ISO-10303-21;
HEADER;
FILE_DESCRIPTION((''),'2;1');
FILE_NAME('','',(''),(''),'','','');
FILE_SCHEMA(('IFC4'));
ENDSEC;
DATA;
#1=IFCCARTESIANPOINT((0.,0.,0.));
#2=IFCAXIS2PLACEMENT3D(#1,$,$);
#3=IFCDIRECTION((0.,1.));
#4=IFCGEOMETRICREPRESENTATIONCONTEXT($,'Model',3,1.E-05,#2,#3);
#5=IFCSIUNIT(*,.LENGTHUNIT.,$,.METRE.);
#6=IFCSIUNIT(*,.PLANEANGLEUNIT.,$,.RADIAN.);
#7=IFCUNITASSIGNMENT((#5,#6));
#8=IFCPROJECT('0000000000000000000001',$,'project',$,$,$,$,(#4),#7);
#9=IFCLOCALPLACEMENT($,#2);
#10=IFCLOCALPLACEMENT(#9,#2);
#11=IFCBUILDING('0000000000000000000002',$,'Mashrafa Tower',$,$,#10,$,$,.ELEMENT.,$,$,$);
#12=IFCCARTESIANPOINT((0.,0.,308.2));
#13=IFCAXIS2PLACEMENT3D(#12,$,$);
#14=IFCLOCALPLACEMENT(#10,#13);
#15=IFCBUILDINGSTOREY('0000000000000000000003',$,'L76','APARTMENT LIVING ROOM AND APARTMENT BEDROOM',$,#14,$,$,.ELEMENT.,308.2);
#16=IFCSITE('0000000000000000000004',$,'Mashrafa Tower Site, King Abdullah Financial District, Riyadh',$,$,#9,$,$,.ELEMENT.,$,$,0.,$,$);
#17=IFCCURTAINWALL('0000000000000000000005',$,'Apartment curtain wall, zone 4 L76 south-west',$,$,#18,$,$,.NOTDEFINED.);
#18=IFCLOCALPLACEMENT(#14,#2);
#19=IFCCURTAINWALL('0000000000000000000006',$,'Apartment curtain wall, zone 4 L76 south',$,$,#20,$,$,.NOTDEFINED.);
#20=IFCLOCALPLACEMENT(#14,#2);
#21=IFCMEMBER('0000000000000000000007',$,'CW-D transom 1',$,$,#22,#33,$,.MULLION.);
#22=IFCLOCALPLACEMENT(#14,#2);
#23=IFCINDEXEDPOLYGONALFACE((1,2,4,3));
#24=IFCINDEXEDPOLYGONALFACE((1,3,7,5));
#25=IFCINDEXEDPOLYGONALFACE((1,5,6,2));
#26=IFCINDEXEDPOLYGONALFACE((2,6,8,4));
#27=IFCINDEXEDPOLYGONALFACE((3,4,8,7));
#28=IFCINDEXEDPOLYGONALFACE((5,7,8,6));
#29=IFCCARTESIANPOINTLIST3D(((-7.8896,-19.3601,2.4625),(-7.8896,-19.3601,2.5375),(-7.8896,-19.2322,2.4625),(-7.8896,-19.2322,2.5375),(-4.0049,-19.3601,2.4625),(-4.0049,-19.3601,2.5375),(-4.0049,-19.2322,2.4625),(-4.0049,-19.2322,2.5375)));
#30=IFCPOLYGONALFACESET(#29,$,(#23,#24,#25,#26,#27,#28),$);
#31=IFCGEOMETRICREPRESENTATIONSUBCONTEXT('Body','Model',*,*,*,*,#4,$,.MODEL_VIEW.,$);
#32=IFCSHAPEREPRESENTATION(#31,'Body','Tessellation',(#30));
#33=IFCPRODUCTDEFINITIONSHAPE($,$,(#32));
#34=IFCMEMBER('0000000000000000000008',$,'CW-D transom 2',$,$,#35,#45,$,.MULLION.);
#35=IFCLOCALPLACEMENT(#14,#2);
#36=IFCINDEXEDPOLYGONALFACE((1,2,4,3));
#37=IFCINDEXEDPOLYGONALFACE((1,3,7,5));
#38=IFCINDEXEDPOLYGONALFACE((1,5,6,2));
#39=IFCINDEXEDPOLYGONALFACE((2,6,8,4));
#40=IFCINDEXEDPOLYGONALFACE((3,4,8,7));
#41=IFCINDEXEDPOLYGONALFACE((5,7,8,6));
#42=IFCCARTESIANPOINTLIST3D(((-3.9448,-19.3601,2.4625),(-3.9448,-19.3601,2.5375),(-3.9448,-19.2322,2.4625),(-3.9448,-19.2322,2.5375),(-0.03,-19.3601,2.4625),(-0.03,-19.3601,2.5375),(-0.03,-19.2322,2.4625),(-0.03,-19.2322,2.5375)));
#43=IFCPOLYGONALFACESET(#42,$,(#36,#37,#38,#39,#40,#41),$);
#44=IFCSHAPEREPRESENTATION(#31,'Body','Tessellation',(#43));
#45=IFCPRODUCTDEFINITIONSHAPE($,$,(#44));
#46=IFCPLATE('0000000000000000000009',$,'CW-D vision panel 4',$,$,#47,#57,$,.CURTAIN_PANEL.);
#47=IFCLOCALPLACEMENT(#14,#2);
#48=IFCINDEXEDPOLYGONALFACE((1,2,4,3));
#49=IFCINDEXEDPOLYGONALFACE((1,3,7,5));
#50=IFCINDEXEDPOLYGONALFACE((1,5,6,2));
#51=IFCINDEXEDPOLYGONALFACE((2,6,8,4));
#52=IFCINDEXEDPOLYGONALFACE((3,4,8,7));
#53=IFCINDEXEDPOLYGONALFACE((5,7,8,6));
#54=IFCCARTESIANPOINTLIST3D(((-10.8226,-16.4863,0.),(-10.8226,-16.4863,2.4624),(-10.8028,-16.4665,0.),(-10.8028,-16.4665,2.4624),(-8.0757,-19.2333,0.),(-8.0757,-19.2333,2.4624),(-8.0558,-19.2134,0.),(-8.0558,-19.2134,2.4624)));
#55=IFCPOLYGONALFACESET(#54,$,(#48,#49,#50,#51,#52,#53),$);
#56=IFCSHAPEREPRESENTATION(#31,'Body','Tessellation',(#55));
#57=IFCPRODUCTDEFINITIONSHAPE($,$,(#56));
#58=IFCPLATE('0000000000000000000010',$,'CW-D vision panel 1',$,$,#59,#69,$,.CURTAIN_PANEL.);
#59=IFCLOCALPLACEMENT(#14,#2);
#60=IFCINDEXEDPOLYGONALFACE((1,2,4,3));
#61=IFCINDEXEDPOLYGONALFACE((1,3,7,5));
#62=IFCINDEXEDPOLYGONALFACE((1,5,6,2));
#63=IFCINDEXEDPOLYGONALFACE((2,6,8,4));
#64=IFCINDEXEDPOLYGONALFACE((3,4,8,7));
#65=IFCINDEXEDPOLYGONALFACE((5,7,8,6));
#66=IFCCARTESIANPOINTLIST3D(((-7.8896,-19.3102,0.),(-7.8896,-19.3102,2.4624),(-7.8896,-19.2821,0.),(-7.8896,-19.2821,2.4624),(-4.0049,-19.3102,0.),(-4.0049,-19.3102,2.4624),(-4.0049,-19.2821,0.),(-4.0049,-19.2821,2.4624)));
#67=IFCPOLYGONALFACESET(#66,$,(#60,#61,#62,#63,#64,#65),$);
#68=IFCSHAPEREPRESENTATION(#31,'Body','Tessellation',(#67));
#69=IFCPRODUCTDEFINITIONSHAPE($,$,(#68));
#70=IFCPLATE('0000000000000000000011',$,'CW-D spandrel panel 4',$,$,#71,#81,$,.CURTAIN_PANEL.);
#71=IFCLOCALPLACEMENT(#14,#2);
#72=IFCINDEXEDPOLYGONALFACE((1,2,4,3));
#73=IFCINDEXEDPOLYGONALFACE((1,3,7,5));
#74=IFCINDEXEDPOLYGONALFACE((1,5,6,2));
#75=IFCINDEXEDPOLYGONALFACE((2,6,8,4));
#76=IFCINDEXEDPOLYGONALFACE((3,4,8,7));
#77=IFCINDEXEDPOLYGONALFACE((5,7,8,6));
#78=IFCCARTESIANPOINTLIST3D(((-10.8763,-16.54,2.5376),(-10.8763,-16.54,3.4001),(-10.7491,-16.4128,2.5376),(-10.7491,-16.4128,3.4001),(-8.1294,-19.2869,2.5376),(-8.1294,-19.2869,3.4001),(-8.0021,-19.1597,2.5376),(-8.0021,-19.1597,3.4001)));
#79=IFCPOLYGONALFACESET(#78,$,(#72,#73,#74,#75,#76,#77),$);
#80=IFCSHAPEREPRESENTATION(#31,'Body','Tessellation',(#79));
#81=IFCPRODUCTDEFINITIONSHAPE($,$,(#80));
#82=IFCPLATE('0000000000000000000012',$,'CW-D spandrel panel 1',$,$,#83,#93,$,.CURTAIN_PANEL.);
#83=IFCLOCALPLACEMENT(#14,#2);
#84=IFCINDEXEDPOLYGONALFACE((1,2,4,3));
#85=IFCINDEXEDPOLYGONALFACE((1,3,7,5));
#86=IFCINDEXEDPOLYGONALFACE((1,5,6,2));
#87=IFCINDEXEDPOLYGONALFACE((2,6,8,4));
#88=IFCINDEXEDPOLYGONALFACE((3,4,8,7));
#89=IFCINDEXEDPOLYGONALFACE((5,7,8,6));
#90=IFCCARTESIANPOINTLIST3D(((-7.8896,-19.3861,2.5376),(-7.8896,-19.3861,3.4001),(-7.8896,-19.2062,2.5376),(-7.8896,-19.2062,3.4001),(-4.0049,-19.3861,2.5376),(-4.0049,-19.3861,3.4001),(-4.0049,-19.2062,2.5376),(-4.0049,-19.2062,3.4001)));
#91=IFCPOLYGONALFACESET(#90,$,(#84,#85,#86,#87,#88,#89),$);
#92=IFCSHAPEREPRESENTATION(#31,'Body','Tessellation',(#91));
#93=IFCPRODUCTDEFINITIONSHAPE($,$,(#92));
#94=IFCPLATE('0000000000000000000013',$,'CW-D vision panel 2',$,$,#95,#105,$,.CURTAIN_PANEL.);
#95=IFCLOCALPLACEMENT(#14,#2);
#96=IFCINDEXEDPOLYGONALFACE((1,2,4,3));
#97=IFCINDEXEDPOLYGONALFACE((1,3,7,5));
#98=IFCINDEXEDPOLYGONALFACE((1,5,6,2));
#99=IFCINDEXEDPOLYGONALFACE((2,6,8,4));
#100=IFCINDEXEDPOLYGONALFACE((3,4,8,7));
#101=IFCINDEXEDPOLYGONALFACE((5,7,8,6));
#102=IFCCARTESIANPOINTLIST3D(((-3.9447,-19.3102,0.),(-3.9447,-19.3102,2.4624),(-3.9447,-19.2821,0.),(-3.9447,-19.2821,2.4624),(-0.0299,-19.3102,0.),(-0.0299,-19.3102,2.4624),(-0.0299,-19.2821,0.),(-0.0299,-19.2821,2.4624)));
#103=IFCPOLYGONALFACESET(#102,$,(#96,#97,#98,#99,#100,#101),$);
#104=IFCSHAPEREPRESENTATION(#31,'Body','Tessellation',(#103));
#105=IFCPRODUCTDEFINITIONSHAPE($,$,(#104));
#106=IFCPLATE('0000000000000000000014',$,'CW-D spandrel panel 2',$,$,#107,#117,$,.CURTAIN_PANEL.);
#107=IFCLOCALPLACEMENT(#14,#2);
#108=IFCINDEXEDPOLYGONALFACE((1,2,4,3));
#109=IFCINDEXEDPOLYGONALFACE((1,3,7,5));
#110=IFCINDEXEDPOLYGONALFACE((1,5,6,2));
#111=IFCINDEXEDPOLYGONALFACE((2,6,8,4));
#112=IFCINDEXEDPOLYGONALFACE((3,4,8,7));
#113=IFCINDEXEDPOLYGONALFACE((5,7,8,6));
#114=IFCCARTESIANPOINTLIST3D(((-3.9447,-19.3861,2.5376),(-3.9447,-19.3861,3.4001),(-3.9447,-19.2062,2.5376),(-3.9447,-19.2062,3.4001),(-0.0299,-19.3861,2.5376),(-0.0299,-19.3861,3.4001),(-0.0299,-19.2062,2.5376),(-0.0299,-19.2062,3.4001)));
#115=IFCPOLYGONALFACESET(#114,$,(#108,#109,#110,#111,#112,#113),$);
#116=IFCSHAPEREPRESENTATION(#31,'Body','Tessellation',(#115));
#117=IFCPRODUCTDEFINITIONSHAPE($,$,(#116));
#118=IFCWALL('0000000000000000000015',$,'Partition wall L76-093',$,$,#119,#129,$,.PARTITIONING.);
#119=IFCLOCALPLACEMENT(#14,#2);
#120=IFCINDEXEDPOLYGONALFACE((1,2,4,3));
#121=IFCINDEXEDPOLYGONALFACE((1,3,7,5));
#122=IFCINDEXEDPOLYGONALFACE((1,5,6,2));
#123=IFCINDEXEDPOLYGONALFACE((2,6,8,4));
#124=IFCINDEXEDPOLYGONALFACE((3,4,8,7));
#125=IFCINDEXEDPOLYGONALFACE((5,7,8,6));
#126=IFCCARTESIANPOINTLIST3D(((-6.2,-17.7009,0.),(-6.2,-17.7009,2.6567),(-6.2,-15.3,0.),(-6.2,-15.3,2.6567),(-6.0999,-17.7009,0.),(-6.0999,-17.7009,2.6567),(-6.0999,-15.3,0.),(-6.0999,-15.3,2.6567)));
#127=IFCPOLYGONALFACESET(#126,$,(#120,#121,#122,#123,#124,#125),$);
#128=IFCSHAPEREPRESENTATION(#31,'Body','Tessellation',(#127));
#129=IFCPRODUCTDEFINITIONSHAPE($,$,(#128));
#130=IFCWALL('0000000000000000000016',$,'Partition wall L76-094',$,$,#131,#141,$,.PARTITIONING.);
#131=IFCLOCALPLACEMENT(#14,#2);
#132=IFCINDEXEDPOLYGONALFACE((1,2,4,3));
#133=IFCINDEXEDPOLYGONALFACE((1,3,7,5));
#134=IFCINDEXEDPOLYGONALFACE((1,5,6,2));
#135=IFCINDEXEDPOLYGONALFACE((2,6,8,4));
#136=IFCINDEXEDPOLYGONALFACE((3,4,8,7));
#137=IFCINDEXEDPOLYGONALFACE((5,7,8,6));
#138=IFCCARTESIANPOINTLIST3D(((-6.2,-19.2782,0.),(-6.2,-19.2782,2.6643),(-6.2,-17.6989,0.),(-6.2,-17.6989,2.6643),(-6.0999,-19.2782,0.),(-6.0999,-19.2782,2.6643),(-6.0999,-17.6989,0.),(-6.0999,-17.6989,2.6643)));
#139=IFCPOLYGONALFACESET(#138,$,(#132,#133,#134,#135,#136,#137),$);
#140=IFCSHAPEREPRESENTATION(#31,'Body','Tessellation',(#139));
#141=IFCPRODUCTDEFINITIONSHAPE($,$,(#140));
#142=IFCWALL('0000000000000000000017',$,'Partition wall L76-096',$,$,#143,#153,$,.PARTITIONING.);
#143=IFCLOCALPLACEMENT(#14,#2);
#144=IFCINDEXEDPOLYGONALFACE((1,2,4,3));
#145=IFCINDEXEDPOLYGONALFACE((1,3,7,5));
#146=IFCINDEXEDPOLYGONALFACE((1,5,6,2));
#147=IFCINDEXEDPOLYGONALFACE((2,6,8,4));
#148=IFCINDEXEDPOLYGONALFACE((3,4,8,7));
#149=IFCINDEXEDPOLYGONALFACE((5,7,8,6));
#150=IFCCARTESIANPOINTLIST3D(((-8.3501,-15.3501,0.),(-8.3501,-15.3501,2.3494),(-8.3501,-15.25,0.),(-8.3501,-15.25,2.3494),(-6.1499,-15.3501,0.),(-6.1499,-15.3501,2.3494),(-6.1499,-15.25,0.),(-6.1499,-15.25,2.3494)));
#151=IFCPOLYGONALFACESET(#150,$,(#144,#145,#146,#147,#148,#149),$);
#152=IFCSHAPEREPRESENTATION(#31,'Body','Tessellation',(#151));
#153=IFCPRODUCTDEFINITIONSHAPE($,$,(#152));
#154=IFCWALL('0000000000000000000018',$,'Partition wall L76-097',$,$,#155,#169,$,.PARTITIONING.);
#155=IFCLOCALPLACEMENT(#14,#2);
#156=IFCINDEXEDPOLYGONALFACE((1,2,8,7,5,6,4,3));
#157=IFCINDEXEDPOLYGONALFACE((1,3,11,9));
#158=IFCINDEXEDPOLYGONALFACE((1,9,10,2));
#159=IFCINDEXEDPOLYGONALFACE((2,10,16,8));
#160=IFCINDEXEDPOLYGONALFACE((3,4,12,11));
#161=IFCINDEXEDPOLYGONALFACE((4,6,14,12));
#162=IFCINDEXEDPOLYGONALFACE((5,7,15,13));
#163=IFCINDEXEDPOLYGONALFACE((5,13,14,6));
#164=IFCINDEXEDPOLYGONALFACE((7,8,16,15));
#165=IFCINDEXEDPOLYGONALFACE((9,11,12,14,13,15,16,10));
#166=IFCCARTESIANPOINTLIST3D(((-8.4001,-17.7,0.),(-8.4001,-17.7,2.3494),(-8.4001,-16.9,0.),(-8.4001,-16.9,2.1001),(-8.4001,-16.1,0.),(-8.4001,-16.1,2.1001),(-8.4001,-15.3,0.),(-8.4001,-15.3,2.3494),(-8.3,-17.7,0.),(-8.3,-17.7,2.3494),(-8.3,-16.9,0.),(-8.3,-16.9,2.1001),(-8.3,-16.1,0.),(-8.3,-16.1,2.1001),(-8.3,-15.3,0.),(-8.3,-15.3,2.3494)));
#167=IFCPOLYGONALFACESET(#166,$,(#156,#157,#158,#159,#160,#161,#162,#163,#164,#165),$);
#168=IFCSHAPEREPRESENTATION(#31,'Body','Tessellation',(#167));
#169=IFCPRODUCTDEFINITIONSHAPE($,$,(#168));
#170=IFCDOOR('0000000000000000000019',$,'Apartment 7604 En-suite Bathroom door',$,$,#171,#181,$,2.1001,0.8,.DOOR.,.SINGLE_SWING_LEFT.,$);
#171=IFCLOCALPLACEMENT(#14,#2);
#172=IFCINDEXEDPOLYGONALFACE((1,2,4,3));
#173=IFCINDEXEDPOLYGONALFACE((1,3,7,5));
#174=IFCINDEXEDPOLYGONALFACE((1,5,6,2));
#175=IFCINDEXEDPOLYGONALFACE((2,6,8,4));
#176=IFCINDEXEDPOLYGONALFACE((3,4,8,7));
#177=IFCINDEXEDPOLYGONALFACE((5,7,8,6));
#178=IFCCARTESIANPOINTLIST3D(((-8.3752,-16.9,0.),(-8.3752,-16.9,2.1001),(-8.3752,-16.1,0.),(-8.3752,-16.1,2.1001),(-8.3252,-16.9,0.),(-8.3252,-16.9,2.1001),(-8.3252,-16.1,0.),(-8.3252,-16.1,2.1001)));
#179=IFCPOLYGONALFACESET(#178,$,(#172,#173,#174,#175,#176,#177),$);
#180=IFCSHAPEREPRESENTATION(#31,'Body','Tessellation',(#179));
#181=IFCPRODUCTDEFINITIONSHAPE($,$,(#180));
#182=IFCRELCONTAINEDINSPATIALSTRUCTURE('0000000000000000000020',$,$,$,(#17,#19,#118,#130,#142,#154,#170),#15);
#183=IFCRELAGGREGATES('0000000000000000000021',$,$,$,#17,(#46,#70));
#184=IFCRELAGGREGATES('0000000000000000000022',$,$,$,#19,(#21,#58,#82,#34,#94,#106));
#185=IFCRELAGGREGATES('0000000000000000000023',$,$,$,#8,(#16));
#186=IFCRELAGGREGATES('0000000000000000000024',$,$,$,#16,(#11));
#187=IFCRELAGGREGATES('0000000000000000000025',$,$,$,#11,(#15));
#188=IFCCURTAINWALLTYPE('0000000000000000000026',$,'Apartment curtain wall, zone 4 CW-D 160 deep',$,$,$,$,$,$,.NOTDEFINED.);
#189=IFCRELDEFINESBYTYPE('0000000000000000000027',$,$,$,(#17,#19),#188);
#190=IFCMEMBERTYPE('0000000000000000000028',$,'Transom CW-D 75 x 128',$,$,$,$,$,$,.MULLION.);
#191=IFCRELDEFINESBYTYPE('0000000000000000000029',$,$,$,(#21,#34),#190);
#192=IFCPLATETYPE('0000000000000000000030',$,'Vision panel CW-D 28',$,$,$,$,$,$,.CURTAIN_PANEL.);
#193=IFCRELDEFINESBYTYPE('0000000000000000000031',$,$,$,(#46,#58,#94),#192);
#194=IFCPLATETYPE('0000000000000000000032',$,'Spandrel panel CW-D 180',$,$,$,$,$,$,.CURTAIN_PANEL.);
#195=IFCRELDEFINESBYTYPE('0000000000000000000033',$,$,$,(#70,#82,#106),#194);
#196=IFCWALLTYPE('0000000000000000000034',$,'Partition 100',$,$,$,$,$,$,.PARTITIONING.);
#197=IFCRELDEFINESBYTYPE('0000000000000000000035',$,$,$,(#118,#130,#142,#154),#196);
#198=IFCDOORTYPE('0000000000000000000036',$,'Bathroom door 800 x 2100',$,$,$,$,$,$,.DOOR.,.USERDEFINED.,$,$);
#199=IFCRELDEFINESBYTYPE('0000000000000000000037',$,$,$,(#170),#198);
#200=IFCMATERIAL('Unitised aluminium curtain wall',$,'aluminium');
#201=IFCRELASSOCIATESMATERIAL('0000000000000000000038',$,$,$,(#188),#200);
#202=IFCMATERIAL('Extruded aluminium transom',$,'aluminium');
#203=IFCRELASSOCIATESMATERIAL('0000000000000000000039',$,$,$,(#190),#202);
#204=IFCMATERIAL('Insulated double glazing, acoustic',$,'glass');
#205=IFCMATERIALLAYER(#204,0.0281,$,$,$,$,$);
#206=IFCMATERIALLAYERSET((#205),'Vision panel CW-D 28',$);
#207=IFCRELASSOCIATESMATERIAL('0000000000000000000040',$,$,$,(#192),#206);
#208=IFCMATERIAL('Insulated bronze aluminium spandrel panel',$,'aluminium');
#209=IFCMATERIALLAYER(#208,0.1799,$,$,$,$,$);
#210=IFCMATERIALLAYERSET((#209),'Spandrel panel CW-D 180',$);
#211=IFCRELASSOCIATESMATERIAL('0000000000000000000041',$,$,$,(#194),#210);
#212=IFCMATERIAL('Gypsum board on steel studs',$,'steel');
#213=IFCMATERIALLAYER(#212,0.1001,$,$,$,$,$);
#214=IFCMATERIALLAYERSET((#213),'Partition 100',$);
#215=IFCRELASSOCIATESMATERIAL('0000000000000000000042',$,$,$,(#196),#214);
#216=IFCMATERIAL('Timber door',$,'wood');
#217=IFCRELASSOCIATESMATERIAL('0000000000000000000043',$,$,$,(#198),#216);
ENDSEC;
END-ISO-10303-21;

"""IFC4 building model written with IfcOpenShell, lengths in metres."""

from ifc_helpers import new_model, si_unit, direction, frame, frame_2d, origin, origin_2d, place, context, subcontext, project, spatial, rectangle, extrude, source, transform, mapped, material, layer, layer_set, material_profile, profile_set, type_object, type_shapes, element, fill, aggregate, save


model = new_model("IFC4")

# Units and contexts
model_context = context("Model", 3, precision=1e-05, world=origin(), true_north=direction((0.0, 1.0)))
body_context = subcontext(model_context, "Body", "Model", "MODEL_VIEW")
ifc_project = project(units=[si_unit("LENGTHUNIT", "METRE"), si_unit("PLANEANGLEUNIT", "RADIAN")], contexts=[model_context])

# Site, building, storey
site_placement = place(None, origin())
site = spatial("IfcSite", under=ifc_project, at=site_placement, Name="Mashrafa Tower Site, King Abdullah Financial District, Riyadh", CompositionType="ELEMENT", RefElevation=0.0)
building_placement = place(site_placement, origin())
building = spatial("IfcBuilding", under=site, at=building_placement, Name="Mashrafa Tower", CompositionType="ELEMENT")
storey_placement = place(building_placement, frame((0.0, 0.0, 308.2)))
storey = spatial("IfcBuildingStorey", under=building, at=storey_placement, Name="L76", Description="APARTMENT LIVING ROOM AND APARTMENT BEDROOM", CompositionType="ELEMENT", Elevation=308.2)

# Curtain wall
ifc_material_1 = material(Name="Unitised aluminium curtain wall", Category="aluminium")
curtain_wall_type = type_object("IfcCurtainWallType", Name="Apartment curtain wall, zone 4 CW-D 160 deep", PredefinedType="NOTDEFINED", material=ifc_material_1)
curtain_wall_1_placement = place(storey_placement, origin())
curtain_wall_1 = element("IfcCurtainWall", 1, at=curtain_wall_1_placement, inside=storey, type_object=curtain_wall_type, Name="Apartment curtain wall, zone 4 L76 south-west", PredefinedType="NOTDEFINED")

# Curtain wall, members
curtain_wall_2_placement = place(storey_placement, origin())
curtain_wall_2 = element("IfcCurtainWall", 2, at=curtain_wall_2_placement, inside=storey, type_object=curtain_wall_type, Name="Apartment curtain wall, zone 4 L76 south", PredefinedType="NOTDEFINED")
ifc_material_2 = material(Name="Extruded aluminium transom", Category="aluminium")
ifc_material_profile_1 = material_profile(ifc_material_2, rectangle(XDim=0.1279, YDim=0.075, at=origin_2d()), Name="Transom 75x128")
ifc_profile_set_1 = profile_set([ifc_material_profile_1], Name="Extruded aluminium transom")
member_type_1 = type_object("IfcMemberType", Name="Transom CW-D 75 x 128", PredefinedType="MULLION", material=ifc_profile_set_1)
shared_shape_1 = source(origin(), body_context, "Body", "SweptSolid", [
    extrude(rectangle(XDim=0.1279, YDim=0.075, at=origin_2d()), origin(), (0.0, 0.0, 1.0), 3.8848),
])
member_1_placement = place(storey_placement, frame((-7.8896, -19.2961, 2.5), z_axis=(1.0, 0.0, 0.0), x_axis=(0.0, 1.0, 0.0)))
member_1 = element("IfcMember", 3, at=member_1_placement, type_object=member_type_1, Name="CW-D transom 1", PredefinedType="MULLION", context=body_context, shape_type="MappedRepresentation", body=[
    mapped(shared_shape_1, transform((0.0, 0.0, 0.0))),
])
shared_shape_2 = source(origin(), body_context, "Body", "SweptSolid", [
    extrude(rectangle(XDim=0.1279, YDim=0.075, at=origin_2d()), origin(), (0.0, 0.0, 1.0), 3.9148),
])
type_shapes(member_type_1, [shared_shape_1, shared_shape_2])
member_2_placement = place(storey_placement, frame((-3.9448, -19.2961, 2.5), z_axis=(1.0, 0.0, 0.0), x_axis=(0.0, 1.0, 0.0)))
member_2 = element("IfcMember", 4, at=member_2_placement, type_object=member_type_1, Name="CW-D transom 2", PredefinedType="MULLION", context=body_context, shape_type="MappedRepresentation", body=[
    mapped(shared_shape_2, transform((0.0, 0.0, 0.0))),
])

# Plates
ifc_material_3 = material(Name="Insulated double glazing, acoustic", Category="glass")
ifc_layer_1 = layer(ifc_material_3, 0.0281)
ifc_layer_set_1 = layer_set([ifc_layer_1], Name="Vision panel CW-D 28")
plate_type_1 = type_object("IfcPlateType", Name="Vision panel CW-D 28", PredefinedType="CURTAIN_PANEL", material=ifc_layer_set_1)
shared_shape_3 = source(origin(), body_context, "Body", "SweptSolid", [
    extrude(rectangle(XDim=3.8848, YDim=0.0281, at=origin_2d()), origin(), (0.0, 0.0, 1.0), 2.4624),
])
plate_1_placement = place(storey_placement, frame((-9.4392, -17.8499, 0.0), z_axis=(0.0, 0.0, 1.0), x_axis=(0.707107, -0.707107, 0.0)))
plate_1 = element("IfcPlate", 5, at=plate_1_placement, type_object=plate_type_1, Name="CW-D vision panel 4", PredefinedType="CURTAIN_PANEL", context=body_context, shape_type="MappedRepresentation", body=[
    mapped(shared_shape_3, transform((0.0, 0.0, 0.0))),
])
plate_2_placement = place(storey_placement, frame((-5.9473, -19.2961, 0.0), z_axis=(0.0, 0.0, 1.0), x_axis=(1.0, 0.0, 0.0)))
plate_2 = element("IfcPlate", 6, at=plate_2_placement, type_object=plate_type_1, Name="CW-D vision panel 1", PredefinedType="CURTAIN_PANEL", context=body_context, shape_type="MappedRepresentation", body=[
    mapped(shared_shape_3, transform((0.0, 0.0, 0.0))),
])
ifc_material_4 = material(Name="Insulated bronze aluminium spandrel panel", Category="aluminium")
ifc_layer_2 = layer(ifc_material_4, 0.1799)
ifc_layer_set_2 = layer_set([ifc_layer_2], Name="Spandrel panel CW-D 180")
plate_type_2 = type_object("IfcPlateType", Name="Spandrel panel CW-D 180", PredefinedType="CURTAIN_PANEL", material=ifc_layer_set_2)
shared_shape_4 = source(origin(), body_context, "Body", "SweptSolid", [
    extrude(rectangle(XDim=3.8848, YDim=0.1799, at=origin_2d()), origin(), (0.0, 0.0, 1.0), 0.8625),
])
plate_3_placement = place(storey_placement, frame((-9.4392, -17.8499, 2.5376), z_axis=(0.0, 0.0, 1.0), x_axis=(0.707107, -0.707107, 0.0)))
plate_3 = element("IfcPlate", 7, at=plate_3_placement, type_object=plate_type_2, Name="CW-D spandrel panel 4", PredefinedType="CURTAIN_PANEL", context=body_context, shape_type="MappedRepresentation", body=[
    mapped(shared_shape_4, transform((0.0, 0.0, 0.0))),
])
aggregate(curtain_wall_1, [plate_1, plate_3])
plate_4_placement = place(storey_placement, frame((-5.9473, -19.2961, 2.5376), z_axis=(0.0, 0.0, 1.0), x_axis=(1.0, 0.0, 0.0)))
plate_4 = element("IfcPlate", 8, at=plate_4_placement, type_object=plate_type_2, Name="CW-D spandrel panel 1", PredefinedType="CURTAIN_PANEL", context=body_context, shape_type="MappedRepresentation", body=[
    mapped(shared_shape_4, transform((0.0, 0.0, 0.0))),
])
shared_shape_5 = source(origin(), body_context, "Body", "SweptSolid", [
    extrude(rectangle(XDim=3.9148, YDim=0.0281, at=origin_2d()), origin(), (0.0, 0.0, 1.0), 2.4624),
])
type_shapes(plate_type_1, [shared_shape_3, shared_shape_5])
plate_5_placement = place(storey_placement, frame((-1.9873, -19.2961, 0.0), z_axis=(0.0, 0.0, 1.0), x_axis=(1.0, 0.0, 0.0)))
plate_5 = element("IfcPlate", 9, at=plate_5_placement, type_object=plate_type_1, Name="CW-D vision panel 2", PredefinedType="CURTAIN_PANEL", context=body_context, shape_type="MappedRepresentation", body=[
    mapped(shared_shape_5, transform((0.0, 0.0, 0.0))),
])
shared_shape_6 = source(origin(), body_context, "Body", "SweptSolid", [
    extrude(rectangle(XDim=3.9148, YDim=0.1799, at=origin_2d()), origin(), (0.0, 0.0, 1.0), 0.8625),
])
type_shapes(plate_type_2, [shared_shape_4, shared_shape_6])
plate_6_placement = place(storey_placement, frame((-1.9873, -19.2961, 2.5376), z_axis=(0.0, 0.0, 1.0), x_axis=(1.0, 0.0, 0.0)))
plate_6 = element("IfcPlate", 10, at=plate_6_placement, type_object=plate_type_2, Name="CW-D spandrel panel 2", PredefinedType="CURTAIN_PANEL", context=body_context, shape_type="MappedRepresentation", body=[
    mapped(shared_shape_6, transform((0.0, 0.0, 0.0))),
])
aggregate(curtain_wall_2, [member_1, plate_2, plate_4, member_2, plate_5, plate_6])

# Walls
ifc_material_5 = material(Name="Gypsum board on steel studs", Category="steel")
ifc_layer_3 = layer(ifc_material_5, 0.1001)
ifc_layer_set_3 = layer_set([ifc_layer_3], Name="Partition 100")
wall_type = type_object("IfcWallType", Name="Partition 100", PredefinedType="PARTITIONING", material=ifc_layer_set_3)
wall_1_placement = place(storey_placement, frame((-6.1499, -15.3, 0.0), z_axis=(0.0, 0.0, 1.0), x_axis=(0.0, -1.0, 0.0)))
element("IfcWall", 11, at=wall_1_placement, inside=storey, type_object=wall_type, Name="Partition wall L76-093", PredefinedType="PARTITIONING", context=body_context, shape_type="SweptSolid", body=[
    extrude(rectangle(XDim=2.4009, YDim=0.1001, at=frame_2d((1.2004, 0.0))), origin(), (0.0, 0.0, 1.0), 2.6567),
])
wall_2_placement = place(storey_placement, frame((-6.1499, -17.699, 0.0), z_axis=(0.0, 0.0, 1.0), x_axis=(0.0, -1.0, 0.0)))
element("IfcWall", 12, at=wall_2_placement, inside=storey, type_object=wall_type, Name="Partition wall L76-094", PredefinedType="PARTITIONING", context=body_context, shape_type="SweptSolid", body=[
    extrude(rectangle(XDim=1.5793, YDim=0.1001, at=frame_2d((0.7896, 0.0))), origin(), (0.0, 0.0, 1.0), 2.6643),
])
wall_3_placement = place(storey_placement, frame((-6.1499, -15.3, 0.0), z_axis=(0.0, 0.0, 1.0), x_axis=(-1.0, 0.0, 0.0)))
element("IfcWall", 13, at=wall_3_placement, inside=storey, type_object=wall_type, Name="Partition wall L76-096", PredefinedType="PARTITIONING", context=body_context, shape_type="SweptSolid", body=[
    extrude(rectangle(XDim=2.2002, YDim=0.1001, at=frame_2d((1.1001, 0.0))), origin(), (0.0, 0.0, 1.0), 2.3494),
])

# Wall, opening, door
wall_4_placement = place(storey_placement, frame((-8.3501, -15.3, 0.0), z_axis=(0.0, 0.0, 1.0), x_axis=(0.0, -1.0, 0.0)))
wall_4 = element("IfcWall", 14, at=wall_4_placement, inside=storey, type_object=wall_type, Name="Partition wall L76-097", PredefinedType="PARTITIONING", context=body_context, shape_type="SweptSolid", body=[
    extrude(rectangle(XDim=2.3999, YDim=0.1001, at=frame_2d((1.2, 0.0))), origin(), (0.0, 0.0, 1.0), 2.3494),
])
opening_placement = place(wall_4_placement, frame((0.8, 0.0, 0.0)))
opening = element("IfcOpeningElement", 15, at=opening_placement, cuts=wall_4, PredefinedType="OPENING", context=body_context, shape_type="SweptSolid", body=[
    extrude(rectangle(XDim=0.8, YDim=2.1001, at=frame_2d((0.3999, 1.05))), frame((0.0, 0.0601, 0.0), z_axis=(0.0, -1.0, 0.0), x_axis=(1.0, 0.0, 0.0)), (0.0, 0.0, 1.0), 0.1201),
])
ifc_material_6 = material(Name="Timber door", Category="wood")
door_type = type_object("IfcDoorType", Name="Bathroom door 800 x 2100", OperationType="USERDEFINED", PredefinedType="DOOR", material=ifc_material_6)
door_placement = place(opening_placement, origin())
door = element("IfcDoor", 16, at=door_placement, inside=storey, type_object=door_type, Name="Apartment 7604 En-suite Bathroom door", OperationType="SINGLE_SWING_LEFT", OverallHeight=2.1001, OverallWidth=0.8, PredefinedType="DOOR", context=body_context, shape_type="SweptSolid", body=[
    extrude(rectangle(XDim=0.8, YDim=2.1001, at=frame_2d((0.3999, 1.05))), frame((0.0, 0.0249, 0.0), z_axis=(0.0, -1.0, 0.0), x_axis=(1.0, 0.0, 0.0)), (0.0, 0.0, 1.0), 0.05),
])
fill(opening, door)

save(model, "model.ifc")
